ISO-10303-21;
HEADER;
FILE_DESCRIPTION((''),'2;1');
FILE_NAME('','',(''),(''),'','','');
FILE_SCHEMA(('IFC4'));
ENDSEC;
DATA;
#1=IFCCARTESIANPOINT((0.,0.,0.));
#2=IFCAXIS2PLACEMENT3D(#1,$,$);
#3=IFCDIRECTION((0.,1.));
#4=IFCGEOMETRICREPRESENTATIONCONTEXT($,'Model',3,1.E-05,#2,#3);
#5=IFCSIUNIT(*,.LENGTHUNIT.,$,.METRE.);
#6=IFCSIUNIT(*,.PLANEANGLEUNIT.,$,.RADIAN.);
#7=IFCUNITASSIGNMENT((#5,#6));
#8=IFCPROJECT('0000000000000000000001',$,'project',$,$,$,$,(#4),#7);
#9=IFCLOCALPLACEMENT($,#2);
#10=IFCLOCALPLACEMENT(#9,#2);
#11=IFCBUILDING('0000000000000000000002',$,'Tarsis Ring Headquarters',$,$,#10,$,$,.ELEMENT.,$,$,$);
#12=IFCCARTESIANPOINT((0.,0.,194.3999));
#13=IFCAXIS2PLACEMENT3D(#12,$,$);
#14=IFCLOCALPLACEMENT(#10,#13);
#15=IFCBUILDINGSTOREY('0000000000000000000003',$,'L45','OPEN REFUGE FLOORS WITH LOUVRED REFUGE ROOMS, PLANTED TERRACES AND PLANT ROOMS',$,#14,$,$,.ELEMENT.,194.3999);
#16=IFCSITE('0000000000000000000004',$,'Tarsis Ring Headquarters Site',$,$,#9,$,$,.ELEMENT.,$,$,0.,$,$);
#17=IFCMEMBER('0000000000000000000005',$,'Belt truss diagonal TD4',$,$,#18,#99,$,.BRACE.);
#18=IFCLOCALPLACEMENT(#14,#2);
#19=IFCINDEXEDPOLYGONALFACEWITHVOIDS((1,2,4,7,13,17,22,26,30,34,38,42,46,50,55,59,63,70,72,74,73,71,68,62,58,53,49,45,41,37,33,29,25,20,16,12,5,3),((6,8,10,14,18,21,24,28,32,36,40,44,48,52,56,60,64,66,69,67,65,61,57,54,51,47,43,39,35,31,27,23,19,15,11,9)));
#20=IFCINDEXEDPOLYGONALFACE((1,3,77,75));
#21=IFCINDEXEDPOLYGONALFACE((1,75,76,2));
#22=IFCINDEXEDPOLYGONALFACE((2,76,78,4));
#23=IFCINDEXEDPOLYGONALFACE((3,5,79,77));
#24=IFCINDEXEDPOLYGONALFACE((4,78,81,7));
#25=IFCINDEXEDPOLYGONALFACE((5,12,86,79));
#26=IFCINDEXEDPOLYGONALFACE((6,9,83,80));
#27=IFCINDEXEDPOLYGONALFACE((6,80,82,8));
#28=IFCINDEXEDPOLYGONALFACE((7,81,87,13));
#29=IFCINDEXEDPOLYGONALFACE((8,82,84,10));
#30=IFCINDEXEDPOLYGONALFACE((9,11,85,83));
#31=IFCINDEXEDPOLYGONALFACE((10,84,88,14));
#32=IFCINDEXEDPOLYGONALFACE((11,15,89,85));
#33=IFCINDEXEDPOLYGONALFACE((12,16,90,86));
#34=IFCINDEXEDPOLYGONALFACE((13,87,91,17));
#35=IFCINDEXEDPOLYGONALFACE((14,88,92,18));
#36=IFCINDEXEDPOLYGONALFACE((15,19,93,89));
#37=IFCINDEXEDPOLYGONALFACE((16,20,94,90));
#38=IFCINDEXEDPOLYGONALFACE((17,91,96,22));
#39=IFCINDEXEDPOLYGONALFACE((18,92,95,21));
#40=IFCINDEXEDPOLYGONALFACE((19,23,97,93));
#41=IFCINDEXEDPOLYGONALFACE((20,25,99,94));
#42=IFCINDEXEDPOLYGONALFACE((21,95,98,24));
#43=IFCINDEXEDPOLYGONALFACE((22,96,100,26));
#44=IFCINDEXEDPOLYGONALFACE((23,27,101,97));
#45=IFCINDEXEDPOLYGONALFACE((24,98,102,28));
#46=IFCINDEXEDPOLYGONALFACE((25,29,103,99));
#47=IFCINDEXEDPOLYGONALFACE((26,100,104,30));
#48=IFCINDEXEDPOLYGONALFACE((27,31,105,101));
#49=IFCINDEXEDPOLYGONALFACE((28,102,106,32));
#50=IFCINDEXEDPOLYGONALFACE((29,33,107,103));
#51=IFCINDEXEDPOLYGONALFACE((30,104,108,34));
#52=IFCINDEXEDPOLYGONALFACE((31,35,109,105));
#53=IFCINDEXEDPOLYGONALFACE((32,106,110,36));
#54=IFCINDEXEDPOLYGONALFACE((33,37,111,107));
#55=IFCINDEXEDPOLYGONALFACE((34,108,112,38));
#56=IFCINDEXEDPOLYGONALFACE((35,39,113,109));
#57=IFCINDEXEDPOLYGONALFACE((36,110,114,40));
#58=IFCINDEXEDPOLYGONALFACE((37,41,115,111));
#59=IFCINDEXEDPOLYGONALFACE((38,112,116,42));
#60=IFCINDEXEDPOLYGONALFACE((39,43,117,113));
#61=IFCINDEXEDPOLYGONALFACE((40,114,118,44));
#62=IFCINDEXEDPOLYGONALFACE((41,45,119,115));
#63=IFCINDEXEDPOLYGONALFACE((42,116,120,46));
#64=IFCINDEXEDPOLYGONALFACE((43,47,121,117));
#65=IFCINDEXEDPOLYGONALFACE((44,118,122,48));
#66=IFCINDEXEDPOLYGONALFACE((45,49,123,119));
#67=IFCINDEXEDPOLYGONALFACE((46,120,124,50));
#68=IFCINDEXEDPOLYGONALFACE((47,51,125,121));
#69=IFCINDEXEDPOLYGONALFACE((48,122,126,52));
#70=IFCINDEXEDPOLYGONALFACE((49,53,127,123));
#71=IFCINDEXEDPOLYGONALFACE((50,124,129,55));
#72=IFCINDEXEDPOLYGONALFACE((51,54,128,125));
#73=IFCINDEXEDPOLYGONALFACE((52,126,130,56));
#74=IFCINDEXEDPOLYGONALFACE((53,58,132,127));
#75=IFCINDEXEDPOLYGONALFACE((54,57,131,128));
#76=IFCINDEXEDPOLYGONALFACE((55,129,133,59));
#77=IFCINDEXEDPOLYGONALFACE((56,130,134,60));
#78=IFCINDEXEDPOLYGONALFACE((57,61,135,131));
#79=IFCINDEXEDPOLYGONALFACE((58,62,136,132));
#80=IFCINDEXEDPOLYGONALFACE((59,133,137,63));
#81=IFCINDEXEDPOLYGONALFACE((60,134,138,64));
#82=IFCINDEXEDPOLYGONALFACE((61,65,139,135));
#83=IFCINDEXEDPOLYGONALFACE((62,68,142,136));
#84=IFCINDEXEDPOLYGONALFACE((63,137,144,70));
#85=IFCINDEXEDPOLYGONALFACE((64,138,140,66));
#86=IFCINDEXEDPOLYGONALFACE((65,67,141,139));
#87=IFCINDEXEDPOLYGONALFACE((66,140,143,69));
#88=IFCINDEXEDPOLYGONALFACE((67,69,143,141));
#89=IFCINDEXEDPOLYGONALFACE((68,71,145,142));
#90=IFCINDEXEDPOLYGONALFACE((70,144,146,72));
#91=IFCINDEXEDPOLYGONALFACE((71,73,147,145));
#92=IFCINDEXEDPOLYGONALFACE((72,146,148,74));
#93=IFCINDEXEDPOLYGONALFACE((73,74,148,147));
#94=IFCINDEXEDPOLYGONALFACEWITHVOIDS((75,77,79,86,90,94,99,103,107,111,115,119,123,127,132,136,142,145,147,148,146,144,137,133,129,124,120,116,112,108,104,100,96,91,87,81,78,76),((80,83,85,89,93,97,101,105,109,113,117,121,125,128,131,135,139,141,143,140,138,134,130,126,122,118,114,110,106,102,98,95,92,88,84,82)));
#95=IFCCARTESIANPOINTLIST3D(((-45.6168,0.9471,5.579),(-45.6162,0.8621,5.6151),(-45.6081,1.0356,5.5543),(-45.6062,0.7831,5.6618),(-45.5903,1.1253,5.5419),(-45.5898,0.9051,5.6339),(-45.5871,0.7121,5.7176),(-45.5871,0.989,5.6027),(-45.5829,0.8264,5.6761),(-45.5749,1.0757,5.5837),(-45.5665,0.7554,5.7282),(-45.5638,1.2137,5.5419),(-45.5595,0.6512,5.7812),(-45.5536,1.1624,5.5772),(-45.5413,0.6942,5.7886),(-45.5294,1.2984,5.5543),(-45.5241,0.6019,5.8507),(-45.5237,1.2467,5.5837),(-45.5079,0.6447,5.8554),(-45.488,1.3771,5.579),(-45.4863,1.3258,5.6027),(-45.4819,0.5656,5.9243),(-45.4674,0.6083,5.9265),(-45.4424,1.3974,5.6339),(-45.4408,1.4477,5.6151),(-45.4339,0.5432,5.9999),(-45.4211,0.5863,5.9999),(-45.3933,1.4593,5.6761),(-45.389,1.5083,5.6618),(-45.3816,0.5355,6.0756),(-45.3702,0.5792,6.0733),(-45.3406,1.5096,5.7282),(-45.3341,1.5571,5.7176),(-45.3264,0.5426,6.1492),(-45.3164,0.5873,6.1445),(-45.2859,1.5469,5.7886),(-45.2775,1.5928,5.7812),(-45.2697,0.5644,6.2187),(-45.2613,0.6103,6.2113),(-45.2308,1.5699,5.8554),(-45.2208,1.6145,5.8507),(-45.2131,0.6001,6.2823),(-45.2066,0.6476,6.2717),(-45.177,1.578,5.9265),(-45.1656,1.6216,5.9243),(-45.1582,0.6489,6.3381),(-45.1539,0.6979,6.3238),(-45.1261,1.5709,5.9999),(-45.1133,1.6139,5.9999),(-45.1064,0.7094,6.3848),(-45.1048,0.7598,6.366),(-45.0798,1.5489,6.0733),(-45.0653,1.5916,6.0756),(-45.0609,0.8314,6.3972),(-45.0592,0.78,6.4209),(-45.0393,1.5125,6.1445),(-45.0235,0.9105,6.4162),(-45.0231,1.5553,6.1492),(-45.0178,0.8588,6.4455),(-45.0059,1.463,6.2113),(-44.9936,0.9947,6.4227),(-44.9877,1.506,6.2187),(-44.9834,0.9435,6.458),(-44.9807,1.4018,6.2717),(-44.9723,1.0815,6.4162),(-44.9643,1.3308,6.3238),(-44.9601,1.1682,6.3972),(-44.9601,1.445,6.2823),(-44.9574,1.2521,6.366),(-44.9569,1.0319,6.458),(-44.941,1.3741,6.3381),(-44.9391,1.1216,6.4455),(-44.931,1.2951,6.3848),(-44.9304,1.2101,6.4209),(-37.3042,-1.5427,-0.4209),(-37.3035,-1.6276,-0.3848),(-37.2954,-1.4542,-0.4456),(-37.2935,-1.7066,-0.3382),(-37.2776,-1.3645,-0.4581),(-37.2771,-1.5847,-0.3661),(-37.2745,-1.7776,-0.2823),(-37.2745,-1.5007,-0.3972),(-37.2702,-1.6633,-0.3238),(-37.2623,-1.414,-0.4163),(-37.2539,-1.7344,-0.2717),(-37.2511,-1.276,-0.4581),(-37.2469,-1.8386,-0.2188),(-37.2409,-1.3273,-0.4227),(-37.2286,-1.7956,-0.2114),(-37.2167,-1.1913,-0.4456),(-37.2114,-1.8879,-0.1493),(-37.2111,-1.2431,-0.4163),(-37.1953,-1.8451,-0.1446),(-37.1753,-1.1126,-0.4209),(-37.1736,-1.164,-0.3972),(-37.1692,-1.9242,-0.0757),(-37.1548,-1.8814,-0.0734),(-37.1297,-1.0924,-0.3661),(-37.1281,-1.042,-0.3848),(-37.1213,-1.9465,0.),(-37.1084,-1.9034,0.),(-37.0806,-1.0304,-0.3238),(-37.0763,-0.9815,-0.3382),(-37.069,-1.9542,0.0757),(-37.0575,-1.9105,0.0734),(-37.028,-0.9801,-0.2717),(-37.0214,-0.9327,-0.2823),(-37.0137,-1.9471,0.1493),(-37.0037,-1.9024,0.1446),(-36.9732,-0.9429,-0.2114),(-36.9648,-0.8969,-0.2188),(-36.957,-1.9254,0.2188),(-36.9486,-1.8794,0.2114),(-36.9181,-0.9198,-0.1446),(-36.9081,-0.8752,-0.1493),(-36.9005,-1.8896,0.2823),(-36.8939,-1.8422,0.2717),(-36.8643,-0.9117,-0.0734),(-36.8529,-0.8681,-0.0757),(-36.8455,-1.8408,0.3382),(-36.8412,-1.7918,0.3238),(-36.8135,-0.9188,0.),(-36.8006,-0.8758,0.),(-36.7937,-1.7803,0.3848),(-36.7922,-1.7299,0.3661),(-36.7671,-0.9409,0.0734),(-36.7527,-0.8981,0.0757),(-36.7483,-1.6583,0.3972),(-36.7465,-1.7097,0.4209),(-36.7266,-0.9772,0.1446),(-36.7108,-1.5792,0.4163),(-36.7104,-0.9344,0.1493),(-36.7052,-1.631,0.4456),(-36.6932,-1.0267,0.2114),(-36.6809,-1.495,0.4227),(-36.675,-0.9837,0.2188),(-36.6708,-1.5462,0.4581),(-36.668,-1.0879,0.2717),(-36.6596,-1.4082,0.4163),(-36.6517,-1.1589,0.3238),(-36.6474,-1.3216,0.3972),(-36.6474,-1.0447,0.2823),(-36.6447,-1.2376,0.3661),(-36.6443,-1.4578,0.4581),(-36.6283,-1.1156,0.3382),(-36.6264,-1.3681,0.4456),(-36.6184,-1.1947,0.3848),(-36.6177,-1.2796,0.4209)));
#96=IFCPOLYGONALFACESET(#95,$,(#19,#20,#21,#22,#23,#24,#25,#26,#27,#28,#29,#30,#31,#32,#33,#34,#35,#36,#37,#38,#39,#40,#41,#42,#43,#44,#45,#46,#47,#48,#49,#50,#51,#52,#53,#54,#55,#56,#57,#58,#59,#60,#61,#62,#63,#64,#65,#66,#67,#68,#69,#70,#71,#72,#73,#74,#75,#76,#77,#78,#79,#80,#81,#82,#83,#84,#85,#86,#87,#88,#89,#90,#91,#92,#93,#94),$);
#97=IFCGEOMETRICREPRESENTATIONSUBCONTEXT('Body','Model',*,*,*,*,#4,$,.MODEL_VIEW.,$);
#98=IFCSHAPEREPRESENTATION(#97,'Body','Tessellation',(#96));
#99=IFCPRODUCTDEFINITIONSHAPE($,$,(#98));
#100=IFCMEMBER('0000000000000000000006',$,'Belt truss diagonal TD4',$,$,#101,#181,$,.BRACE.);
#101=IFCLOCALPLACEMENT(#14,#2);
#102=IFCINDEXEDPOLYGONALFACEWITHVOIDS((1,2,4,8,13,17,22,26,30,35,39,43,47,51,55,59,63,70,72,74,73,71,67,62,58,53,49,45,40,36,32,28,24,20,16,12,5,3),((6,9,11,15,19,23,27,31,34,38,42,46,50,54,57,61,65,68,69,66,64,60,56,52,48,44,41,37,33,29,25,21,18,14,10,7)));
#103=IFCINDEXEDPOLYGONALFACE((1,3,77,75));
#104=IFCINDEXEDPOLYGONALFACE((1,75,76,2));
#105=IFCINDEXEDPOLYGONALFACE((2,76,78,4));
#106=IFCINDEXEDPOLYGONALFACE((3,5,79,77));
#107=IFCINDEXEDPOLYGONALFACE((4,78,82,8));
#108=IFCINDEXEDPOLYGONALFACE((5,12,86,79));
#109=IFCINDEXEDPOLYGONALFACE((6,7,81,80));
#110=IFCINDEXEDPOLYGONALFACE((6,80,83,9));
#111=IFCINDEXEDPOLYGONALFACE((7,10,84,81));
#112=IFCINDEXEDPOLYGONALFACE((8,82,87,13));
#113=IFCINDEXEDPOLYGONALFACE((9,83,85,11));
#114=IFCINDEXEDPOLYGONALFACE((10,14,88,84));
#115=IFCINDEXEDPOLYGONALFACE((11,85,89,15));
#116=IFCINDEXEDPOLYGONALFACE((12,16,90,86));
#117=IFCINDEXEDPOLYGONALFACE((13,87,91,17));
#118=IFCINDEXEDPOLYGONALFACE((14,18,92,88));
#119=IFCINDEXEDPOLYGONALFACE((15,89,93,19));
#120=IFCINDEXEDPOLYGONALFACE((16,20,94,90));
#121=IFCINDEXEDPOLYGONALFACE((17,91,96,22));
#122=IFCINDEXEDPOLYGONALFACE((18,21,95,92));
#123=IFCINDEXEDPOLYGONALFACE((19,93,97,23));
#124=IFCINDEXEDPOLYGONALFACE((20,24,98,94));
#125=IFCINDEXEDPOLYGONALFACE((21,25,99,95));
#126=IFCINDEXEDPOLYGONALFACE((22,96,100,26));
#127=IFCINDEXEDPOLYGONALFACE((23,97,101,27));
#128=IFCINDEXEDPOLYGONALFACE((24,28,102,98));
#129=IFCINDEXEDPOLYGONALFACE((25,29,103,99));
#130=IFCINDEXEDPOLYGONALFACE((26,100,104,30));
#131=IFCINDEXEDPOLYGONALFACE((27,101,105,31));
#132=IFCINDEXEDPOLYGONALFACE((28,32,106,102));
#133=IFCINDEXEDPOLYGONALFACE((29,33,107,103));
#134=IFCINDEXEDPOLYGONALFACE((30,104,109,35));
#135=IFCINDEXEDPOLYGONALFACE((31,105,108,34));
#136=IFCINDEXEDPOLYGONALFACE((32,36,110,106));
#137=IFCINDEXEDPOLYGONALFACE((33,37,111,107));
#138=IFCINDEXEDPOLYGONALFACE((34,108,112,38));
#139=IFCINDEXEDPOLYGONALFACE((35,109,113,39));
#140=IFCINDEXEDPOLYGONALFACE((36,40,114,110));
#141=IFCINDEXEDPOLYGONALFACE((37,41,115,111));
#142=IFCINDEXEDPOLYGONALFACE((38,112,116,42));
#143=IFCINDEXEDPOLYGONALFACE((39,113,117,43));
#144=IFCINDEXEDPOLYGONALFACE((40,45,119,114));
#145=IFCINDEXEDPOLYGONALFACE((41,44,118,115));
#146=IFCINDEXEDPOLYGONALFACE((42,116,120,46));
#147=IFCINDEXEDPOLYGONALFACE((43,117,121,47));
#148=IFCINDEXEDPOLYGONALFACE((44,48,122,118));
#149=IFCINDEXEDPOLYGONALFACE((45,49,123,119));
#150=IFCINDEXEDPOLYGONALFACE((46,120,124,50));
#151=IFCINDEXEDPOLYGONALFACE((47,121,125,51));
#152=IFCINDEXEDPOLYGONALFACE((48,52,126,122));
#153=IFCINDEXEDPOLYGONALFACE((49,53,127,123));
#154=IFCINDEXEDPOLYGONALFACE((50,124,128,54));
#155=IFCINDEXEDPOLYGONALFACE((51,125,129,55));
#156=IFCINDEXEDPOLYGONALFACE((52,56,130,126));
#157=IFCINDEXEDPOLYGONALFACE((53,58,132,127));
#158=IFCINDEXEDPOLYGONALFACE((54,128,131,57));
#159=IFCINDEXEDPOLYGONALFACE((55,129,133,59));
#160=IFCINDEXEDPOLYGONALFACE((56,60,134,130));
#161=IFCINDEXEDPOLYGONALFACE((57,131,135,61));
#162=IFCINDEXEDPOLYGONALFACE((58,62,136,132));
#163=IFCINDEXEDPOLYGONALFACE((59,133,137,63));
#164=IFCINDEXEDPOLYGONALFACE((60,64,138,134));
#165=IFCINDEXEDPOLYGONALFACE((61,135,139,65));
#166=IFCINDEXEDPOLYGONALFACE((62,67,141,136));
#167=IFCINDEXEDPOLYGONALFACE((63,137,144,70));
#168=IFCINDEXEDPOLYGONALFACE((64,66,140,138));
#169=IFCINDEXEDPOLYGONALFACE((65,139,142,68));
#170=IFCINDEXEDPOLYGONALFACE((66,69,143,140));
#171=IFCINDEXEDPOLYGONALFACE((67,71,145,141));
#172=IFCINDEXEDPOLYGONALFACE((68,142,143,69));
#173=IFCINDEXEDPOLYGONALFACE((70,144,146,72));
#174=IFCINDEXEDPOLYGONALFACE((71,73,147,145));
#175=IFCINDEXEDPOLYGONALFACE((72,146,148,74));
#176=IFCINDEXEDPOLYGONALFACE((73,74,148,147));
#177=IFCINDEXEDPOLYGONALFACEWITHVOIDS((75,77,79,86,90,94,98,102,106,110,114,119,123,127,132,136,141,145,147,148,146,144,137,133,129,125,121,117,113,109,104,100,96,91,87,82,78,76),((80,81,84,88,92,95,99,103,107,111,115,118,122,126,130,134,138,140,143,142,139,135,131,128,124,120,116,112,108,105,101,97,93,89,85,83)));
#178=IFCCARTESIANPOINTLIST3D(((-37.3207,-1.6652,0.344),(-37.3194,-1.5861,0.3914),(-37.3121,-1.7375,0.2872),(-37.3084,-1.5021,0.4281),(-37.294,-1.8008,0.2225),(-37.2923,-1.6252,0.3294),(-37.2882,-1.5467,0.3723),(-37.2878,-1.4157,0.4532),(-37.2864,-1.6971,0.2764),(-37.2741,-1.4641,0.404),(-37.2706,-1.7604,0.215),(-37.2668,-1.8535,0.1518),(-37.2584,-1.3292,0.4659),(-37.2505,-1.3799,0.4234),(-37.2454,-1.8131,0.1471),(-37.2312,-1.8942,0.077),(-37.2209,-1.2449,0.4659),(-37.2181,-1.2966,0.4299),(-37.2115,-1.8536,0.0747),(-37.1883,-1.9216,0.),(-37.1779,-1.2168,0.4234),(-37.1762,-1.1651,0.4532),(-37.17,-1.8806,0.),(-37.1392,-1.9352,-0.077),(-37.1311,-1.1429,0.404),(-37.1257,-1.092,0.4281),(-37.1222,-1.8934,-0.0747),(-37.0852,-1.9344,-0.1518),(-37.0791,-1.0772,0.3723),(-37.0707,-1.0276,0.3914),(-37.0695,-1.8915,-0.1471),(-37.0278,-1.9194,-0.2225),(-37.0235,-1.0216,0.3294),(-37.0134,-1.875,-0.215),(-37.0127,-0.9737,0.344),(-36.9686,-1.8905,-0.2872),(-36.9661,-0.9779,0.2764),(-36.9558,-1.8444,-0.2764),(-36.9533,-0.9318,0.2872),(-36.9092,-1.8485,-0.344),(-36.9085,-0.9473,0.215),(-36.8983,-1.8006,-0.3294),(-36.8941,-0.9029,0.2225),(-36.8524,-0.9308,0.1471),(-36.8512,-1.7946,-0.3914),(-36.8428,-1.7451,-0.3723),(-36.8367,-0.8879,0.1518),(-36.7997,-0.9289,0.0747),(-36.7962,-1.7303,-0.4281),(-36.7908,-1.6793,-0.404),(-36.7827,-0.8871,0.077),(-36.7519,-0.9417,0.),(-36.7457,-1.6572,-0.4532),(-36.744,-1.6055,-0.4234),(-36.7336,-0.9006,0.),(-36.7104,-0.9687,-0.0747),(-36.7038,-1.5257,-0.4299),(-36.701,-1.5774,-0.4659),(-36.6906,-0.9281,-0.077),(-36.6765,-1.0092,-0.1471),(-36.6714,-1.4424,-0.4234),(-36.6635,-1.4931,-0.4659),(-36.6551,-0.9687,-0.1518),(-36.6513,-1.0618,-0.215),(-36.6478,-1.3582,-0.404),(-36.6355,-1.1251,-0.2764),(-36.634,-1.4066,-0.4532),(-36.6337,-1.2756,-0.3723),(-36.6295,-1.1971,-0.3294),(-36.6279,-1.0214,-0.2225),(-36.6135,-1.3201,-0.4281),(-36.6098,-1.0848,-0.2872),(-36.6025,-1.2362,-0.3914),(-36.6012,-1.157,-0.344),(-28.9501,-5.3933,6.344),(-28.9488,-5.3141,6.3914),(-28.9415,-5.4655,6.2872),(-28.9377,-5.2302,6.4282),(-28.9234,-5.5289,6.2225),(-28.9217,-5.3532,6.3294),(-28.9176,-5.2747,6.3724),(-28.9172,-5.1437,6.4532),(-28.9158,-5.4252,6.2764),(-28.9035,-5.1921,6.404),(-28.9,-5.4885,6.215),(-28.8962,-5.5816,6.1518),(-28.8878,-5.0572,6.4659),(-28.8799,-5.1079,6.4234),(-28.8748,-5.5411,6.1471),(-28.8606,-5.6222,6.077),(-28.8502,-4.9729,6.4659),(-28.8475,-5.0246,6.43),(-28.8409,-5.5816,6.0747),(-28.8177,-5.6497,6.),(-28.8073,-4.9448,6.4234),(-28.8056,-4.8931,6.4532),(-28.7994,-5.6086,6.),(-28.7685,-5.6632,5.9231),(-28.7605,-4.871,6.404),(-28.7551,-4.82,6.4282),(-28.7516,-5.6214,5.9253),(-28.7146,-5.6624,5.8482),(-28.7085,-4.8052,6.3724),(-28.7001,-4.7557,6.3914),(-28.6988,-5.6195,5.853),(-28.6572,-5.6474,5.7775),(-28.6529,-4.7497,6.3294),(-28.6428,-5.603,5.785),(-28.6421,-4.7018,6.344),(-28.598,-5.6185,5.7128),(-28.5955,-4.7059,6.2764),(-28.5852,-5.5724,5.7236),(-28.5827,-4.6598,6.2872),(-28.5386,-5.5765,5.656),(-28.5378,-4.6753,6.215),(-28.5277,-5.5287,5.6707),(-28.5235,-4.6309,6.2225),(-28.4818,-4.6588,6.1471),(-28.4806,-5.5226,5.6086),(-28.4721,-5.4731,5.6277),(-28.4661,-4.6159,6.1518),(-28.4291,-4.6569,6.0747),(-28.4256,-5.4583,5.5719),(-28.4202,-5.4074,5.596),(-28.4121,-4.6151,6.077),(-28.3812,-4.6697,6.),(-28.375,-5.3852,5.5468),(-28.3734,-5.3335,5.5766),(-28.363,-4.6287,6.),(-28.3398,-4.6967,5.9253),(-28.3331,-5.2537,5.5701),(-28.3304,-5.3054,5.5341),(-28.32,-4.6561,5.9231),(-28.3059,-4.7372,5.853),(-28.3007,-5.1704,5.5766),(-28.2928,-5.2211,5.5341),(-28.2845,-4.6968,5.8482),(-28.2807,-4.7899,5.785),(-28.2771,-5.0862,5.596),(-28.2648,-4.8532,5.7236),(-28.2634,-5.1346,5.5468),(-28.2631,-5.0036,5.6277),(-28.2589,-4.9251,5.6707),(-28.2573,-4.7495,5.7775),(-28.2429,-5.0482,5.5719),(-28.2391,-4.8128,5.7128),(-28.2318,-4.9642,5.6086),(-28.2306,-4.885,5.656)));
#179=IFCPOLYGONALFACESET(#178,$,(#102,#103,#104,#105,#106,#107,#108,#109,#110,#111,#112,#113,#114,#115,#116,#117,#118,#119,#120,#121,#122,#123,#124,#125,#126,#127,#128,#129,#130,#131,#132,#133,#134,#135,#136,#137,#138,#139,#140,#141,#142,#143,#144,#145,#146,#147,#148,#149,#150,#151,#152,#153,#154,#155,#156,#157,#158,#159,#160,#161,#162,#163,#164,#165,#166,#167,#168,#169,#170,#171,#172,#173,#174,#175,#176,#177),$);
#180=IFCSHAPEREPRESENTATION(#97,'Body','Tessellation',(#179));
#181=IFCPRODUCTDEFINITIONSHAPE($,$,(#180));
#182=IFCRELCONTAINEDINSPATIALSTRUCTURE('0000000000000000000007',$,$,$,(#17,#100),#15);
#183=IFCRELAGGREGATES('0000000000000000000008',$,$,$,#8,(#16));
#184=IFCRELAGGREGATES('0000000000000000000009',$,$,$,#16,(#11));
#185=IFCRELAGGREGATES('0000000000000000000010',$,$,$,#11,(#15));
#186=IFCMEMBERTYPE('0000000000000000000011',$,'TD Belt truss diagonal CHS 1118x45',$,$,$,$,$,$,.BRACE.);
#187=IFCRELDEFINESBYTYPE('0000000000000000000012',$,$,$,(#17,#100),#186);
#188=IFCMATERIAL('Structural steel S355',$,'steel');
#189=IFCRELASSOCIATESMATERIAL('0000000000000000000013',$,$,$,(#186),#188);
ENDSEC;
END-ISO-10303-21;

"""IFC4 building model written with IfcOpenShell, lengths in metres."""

from ifc_helpers import new_model, si_unit, direction, frame, origin, origin_2d, place, context, subcontext, project, spatial, hollow_circle, extrude, material, material_profile, profile_set, type_object, element, save


model = new_model("IFC4")

# Units and contexts
model_context = context("Model", 3, precision=1e-05, world=origin(), true_north=direction((0.0, 1.0)))
body_context = subcontext(model_context, "Body", "Model", "MODEL_VIEW")
ifc_project = project(units=[si_unit("LENGTHUNIT", "METRE"), si_unit("PLANEANGLEUNIT", "RADIAN")], contexts=[model_context])

# Site, building, storey
site_placement = place(None, origin())
site = spatial("IfcSite", under=ifc_project, at=site_placement, Name="Tarsis Ring Headquarters Site", CompositionType="ELEMENT", RefElevation=0.0)
building_placement = place(site_placement, origin())
building = spatial("IfcBuilding", under=site, at=building_placement, Name="Tarsis Ring Headquarters", CompositionType="ELEMENT")
storey_placement = place(building_placement, frame((0.0, 0.0, 194.3999)))
storey = spatial("IfcBuildingStorey", under=building, at=storey_placement, Name="L45", Description="OPEN REFUGE FLOORS WITH LOUVRED REFUGE ROOMS, PLANTED TERRACES AND PLANT ROOMS", CompositionType="ELEMENT", Elevation=194.3999)

# Shared definitions
ifc_material_1 = material(Name="Structural steel S355", Category="steel")
ifc_material_profile_1 = material_profile(ifc_material_1, hollow_circle(Radius=0.5588, WallThickness=0.0449, at=origin_2d()), Name="CHS 1118x45")
ifc_profile_set_1 = profile_set([ifc_material_profile_1], Name="Structural steel S355")

# Members
member_type = type_object("IfcMemberType", Name="TD Belt truss diagonal CHS 1118x45", PredefinedType="BRACE", material=ifc_profile_set_1)
member_1_placement = place(storey_placement, frame((-36.9609, -1.4111, 0.0), z_axis=(-0.787945, 0.235997, 0.568725), x_axis=(-0.286917, -0.957956, 0.0)))
element("IfcMember", 1, at=member_1_placement, inside=storey, type_object=member_type, Name="Belt truss diagonal TD4", PredefinedType="BRACE", context=body_context, shape_type="SweptSolid", body=[
    extrude(hollow_circle(Radius=0.5588, WallThickness=0.0449, at=origin_2d()), origin(), (0.0, 0.0, 1.0), 10.5498),
])
member_2_placement = place(storey_placement, frame((-36.9609, -1.4111, 0.0), z_axis=(0.764239, -0.34037, 0.547802), x_axis=(0.406845, 0.913497, 0.0)))
element("IfcMember", 2, at=member_2_placement, inside=storey, type_object=member_type, Name="Belt truss diagonal TD4", PredefinedType="BRACE", context=body_context, shape_type="SweptSolid", body=[
    extrude(hollow_circle(Radius=0.5588, WallThickness=0.0449, at=origin_2d()), origin(), (0.0, 0.0, 1.0), 10.9529),
])

save(model, "model.ifc")
